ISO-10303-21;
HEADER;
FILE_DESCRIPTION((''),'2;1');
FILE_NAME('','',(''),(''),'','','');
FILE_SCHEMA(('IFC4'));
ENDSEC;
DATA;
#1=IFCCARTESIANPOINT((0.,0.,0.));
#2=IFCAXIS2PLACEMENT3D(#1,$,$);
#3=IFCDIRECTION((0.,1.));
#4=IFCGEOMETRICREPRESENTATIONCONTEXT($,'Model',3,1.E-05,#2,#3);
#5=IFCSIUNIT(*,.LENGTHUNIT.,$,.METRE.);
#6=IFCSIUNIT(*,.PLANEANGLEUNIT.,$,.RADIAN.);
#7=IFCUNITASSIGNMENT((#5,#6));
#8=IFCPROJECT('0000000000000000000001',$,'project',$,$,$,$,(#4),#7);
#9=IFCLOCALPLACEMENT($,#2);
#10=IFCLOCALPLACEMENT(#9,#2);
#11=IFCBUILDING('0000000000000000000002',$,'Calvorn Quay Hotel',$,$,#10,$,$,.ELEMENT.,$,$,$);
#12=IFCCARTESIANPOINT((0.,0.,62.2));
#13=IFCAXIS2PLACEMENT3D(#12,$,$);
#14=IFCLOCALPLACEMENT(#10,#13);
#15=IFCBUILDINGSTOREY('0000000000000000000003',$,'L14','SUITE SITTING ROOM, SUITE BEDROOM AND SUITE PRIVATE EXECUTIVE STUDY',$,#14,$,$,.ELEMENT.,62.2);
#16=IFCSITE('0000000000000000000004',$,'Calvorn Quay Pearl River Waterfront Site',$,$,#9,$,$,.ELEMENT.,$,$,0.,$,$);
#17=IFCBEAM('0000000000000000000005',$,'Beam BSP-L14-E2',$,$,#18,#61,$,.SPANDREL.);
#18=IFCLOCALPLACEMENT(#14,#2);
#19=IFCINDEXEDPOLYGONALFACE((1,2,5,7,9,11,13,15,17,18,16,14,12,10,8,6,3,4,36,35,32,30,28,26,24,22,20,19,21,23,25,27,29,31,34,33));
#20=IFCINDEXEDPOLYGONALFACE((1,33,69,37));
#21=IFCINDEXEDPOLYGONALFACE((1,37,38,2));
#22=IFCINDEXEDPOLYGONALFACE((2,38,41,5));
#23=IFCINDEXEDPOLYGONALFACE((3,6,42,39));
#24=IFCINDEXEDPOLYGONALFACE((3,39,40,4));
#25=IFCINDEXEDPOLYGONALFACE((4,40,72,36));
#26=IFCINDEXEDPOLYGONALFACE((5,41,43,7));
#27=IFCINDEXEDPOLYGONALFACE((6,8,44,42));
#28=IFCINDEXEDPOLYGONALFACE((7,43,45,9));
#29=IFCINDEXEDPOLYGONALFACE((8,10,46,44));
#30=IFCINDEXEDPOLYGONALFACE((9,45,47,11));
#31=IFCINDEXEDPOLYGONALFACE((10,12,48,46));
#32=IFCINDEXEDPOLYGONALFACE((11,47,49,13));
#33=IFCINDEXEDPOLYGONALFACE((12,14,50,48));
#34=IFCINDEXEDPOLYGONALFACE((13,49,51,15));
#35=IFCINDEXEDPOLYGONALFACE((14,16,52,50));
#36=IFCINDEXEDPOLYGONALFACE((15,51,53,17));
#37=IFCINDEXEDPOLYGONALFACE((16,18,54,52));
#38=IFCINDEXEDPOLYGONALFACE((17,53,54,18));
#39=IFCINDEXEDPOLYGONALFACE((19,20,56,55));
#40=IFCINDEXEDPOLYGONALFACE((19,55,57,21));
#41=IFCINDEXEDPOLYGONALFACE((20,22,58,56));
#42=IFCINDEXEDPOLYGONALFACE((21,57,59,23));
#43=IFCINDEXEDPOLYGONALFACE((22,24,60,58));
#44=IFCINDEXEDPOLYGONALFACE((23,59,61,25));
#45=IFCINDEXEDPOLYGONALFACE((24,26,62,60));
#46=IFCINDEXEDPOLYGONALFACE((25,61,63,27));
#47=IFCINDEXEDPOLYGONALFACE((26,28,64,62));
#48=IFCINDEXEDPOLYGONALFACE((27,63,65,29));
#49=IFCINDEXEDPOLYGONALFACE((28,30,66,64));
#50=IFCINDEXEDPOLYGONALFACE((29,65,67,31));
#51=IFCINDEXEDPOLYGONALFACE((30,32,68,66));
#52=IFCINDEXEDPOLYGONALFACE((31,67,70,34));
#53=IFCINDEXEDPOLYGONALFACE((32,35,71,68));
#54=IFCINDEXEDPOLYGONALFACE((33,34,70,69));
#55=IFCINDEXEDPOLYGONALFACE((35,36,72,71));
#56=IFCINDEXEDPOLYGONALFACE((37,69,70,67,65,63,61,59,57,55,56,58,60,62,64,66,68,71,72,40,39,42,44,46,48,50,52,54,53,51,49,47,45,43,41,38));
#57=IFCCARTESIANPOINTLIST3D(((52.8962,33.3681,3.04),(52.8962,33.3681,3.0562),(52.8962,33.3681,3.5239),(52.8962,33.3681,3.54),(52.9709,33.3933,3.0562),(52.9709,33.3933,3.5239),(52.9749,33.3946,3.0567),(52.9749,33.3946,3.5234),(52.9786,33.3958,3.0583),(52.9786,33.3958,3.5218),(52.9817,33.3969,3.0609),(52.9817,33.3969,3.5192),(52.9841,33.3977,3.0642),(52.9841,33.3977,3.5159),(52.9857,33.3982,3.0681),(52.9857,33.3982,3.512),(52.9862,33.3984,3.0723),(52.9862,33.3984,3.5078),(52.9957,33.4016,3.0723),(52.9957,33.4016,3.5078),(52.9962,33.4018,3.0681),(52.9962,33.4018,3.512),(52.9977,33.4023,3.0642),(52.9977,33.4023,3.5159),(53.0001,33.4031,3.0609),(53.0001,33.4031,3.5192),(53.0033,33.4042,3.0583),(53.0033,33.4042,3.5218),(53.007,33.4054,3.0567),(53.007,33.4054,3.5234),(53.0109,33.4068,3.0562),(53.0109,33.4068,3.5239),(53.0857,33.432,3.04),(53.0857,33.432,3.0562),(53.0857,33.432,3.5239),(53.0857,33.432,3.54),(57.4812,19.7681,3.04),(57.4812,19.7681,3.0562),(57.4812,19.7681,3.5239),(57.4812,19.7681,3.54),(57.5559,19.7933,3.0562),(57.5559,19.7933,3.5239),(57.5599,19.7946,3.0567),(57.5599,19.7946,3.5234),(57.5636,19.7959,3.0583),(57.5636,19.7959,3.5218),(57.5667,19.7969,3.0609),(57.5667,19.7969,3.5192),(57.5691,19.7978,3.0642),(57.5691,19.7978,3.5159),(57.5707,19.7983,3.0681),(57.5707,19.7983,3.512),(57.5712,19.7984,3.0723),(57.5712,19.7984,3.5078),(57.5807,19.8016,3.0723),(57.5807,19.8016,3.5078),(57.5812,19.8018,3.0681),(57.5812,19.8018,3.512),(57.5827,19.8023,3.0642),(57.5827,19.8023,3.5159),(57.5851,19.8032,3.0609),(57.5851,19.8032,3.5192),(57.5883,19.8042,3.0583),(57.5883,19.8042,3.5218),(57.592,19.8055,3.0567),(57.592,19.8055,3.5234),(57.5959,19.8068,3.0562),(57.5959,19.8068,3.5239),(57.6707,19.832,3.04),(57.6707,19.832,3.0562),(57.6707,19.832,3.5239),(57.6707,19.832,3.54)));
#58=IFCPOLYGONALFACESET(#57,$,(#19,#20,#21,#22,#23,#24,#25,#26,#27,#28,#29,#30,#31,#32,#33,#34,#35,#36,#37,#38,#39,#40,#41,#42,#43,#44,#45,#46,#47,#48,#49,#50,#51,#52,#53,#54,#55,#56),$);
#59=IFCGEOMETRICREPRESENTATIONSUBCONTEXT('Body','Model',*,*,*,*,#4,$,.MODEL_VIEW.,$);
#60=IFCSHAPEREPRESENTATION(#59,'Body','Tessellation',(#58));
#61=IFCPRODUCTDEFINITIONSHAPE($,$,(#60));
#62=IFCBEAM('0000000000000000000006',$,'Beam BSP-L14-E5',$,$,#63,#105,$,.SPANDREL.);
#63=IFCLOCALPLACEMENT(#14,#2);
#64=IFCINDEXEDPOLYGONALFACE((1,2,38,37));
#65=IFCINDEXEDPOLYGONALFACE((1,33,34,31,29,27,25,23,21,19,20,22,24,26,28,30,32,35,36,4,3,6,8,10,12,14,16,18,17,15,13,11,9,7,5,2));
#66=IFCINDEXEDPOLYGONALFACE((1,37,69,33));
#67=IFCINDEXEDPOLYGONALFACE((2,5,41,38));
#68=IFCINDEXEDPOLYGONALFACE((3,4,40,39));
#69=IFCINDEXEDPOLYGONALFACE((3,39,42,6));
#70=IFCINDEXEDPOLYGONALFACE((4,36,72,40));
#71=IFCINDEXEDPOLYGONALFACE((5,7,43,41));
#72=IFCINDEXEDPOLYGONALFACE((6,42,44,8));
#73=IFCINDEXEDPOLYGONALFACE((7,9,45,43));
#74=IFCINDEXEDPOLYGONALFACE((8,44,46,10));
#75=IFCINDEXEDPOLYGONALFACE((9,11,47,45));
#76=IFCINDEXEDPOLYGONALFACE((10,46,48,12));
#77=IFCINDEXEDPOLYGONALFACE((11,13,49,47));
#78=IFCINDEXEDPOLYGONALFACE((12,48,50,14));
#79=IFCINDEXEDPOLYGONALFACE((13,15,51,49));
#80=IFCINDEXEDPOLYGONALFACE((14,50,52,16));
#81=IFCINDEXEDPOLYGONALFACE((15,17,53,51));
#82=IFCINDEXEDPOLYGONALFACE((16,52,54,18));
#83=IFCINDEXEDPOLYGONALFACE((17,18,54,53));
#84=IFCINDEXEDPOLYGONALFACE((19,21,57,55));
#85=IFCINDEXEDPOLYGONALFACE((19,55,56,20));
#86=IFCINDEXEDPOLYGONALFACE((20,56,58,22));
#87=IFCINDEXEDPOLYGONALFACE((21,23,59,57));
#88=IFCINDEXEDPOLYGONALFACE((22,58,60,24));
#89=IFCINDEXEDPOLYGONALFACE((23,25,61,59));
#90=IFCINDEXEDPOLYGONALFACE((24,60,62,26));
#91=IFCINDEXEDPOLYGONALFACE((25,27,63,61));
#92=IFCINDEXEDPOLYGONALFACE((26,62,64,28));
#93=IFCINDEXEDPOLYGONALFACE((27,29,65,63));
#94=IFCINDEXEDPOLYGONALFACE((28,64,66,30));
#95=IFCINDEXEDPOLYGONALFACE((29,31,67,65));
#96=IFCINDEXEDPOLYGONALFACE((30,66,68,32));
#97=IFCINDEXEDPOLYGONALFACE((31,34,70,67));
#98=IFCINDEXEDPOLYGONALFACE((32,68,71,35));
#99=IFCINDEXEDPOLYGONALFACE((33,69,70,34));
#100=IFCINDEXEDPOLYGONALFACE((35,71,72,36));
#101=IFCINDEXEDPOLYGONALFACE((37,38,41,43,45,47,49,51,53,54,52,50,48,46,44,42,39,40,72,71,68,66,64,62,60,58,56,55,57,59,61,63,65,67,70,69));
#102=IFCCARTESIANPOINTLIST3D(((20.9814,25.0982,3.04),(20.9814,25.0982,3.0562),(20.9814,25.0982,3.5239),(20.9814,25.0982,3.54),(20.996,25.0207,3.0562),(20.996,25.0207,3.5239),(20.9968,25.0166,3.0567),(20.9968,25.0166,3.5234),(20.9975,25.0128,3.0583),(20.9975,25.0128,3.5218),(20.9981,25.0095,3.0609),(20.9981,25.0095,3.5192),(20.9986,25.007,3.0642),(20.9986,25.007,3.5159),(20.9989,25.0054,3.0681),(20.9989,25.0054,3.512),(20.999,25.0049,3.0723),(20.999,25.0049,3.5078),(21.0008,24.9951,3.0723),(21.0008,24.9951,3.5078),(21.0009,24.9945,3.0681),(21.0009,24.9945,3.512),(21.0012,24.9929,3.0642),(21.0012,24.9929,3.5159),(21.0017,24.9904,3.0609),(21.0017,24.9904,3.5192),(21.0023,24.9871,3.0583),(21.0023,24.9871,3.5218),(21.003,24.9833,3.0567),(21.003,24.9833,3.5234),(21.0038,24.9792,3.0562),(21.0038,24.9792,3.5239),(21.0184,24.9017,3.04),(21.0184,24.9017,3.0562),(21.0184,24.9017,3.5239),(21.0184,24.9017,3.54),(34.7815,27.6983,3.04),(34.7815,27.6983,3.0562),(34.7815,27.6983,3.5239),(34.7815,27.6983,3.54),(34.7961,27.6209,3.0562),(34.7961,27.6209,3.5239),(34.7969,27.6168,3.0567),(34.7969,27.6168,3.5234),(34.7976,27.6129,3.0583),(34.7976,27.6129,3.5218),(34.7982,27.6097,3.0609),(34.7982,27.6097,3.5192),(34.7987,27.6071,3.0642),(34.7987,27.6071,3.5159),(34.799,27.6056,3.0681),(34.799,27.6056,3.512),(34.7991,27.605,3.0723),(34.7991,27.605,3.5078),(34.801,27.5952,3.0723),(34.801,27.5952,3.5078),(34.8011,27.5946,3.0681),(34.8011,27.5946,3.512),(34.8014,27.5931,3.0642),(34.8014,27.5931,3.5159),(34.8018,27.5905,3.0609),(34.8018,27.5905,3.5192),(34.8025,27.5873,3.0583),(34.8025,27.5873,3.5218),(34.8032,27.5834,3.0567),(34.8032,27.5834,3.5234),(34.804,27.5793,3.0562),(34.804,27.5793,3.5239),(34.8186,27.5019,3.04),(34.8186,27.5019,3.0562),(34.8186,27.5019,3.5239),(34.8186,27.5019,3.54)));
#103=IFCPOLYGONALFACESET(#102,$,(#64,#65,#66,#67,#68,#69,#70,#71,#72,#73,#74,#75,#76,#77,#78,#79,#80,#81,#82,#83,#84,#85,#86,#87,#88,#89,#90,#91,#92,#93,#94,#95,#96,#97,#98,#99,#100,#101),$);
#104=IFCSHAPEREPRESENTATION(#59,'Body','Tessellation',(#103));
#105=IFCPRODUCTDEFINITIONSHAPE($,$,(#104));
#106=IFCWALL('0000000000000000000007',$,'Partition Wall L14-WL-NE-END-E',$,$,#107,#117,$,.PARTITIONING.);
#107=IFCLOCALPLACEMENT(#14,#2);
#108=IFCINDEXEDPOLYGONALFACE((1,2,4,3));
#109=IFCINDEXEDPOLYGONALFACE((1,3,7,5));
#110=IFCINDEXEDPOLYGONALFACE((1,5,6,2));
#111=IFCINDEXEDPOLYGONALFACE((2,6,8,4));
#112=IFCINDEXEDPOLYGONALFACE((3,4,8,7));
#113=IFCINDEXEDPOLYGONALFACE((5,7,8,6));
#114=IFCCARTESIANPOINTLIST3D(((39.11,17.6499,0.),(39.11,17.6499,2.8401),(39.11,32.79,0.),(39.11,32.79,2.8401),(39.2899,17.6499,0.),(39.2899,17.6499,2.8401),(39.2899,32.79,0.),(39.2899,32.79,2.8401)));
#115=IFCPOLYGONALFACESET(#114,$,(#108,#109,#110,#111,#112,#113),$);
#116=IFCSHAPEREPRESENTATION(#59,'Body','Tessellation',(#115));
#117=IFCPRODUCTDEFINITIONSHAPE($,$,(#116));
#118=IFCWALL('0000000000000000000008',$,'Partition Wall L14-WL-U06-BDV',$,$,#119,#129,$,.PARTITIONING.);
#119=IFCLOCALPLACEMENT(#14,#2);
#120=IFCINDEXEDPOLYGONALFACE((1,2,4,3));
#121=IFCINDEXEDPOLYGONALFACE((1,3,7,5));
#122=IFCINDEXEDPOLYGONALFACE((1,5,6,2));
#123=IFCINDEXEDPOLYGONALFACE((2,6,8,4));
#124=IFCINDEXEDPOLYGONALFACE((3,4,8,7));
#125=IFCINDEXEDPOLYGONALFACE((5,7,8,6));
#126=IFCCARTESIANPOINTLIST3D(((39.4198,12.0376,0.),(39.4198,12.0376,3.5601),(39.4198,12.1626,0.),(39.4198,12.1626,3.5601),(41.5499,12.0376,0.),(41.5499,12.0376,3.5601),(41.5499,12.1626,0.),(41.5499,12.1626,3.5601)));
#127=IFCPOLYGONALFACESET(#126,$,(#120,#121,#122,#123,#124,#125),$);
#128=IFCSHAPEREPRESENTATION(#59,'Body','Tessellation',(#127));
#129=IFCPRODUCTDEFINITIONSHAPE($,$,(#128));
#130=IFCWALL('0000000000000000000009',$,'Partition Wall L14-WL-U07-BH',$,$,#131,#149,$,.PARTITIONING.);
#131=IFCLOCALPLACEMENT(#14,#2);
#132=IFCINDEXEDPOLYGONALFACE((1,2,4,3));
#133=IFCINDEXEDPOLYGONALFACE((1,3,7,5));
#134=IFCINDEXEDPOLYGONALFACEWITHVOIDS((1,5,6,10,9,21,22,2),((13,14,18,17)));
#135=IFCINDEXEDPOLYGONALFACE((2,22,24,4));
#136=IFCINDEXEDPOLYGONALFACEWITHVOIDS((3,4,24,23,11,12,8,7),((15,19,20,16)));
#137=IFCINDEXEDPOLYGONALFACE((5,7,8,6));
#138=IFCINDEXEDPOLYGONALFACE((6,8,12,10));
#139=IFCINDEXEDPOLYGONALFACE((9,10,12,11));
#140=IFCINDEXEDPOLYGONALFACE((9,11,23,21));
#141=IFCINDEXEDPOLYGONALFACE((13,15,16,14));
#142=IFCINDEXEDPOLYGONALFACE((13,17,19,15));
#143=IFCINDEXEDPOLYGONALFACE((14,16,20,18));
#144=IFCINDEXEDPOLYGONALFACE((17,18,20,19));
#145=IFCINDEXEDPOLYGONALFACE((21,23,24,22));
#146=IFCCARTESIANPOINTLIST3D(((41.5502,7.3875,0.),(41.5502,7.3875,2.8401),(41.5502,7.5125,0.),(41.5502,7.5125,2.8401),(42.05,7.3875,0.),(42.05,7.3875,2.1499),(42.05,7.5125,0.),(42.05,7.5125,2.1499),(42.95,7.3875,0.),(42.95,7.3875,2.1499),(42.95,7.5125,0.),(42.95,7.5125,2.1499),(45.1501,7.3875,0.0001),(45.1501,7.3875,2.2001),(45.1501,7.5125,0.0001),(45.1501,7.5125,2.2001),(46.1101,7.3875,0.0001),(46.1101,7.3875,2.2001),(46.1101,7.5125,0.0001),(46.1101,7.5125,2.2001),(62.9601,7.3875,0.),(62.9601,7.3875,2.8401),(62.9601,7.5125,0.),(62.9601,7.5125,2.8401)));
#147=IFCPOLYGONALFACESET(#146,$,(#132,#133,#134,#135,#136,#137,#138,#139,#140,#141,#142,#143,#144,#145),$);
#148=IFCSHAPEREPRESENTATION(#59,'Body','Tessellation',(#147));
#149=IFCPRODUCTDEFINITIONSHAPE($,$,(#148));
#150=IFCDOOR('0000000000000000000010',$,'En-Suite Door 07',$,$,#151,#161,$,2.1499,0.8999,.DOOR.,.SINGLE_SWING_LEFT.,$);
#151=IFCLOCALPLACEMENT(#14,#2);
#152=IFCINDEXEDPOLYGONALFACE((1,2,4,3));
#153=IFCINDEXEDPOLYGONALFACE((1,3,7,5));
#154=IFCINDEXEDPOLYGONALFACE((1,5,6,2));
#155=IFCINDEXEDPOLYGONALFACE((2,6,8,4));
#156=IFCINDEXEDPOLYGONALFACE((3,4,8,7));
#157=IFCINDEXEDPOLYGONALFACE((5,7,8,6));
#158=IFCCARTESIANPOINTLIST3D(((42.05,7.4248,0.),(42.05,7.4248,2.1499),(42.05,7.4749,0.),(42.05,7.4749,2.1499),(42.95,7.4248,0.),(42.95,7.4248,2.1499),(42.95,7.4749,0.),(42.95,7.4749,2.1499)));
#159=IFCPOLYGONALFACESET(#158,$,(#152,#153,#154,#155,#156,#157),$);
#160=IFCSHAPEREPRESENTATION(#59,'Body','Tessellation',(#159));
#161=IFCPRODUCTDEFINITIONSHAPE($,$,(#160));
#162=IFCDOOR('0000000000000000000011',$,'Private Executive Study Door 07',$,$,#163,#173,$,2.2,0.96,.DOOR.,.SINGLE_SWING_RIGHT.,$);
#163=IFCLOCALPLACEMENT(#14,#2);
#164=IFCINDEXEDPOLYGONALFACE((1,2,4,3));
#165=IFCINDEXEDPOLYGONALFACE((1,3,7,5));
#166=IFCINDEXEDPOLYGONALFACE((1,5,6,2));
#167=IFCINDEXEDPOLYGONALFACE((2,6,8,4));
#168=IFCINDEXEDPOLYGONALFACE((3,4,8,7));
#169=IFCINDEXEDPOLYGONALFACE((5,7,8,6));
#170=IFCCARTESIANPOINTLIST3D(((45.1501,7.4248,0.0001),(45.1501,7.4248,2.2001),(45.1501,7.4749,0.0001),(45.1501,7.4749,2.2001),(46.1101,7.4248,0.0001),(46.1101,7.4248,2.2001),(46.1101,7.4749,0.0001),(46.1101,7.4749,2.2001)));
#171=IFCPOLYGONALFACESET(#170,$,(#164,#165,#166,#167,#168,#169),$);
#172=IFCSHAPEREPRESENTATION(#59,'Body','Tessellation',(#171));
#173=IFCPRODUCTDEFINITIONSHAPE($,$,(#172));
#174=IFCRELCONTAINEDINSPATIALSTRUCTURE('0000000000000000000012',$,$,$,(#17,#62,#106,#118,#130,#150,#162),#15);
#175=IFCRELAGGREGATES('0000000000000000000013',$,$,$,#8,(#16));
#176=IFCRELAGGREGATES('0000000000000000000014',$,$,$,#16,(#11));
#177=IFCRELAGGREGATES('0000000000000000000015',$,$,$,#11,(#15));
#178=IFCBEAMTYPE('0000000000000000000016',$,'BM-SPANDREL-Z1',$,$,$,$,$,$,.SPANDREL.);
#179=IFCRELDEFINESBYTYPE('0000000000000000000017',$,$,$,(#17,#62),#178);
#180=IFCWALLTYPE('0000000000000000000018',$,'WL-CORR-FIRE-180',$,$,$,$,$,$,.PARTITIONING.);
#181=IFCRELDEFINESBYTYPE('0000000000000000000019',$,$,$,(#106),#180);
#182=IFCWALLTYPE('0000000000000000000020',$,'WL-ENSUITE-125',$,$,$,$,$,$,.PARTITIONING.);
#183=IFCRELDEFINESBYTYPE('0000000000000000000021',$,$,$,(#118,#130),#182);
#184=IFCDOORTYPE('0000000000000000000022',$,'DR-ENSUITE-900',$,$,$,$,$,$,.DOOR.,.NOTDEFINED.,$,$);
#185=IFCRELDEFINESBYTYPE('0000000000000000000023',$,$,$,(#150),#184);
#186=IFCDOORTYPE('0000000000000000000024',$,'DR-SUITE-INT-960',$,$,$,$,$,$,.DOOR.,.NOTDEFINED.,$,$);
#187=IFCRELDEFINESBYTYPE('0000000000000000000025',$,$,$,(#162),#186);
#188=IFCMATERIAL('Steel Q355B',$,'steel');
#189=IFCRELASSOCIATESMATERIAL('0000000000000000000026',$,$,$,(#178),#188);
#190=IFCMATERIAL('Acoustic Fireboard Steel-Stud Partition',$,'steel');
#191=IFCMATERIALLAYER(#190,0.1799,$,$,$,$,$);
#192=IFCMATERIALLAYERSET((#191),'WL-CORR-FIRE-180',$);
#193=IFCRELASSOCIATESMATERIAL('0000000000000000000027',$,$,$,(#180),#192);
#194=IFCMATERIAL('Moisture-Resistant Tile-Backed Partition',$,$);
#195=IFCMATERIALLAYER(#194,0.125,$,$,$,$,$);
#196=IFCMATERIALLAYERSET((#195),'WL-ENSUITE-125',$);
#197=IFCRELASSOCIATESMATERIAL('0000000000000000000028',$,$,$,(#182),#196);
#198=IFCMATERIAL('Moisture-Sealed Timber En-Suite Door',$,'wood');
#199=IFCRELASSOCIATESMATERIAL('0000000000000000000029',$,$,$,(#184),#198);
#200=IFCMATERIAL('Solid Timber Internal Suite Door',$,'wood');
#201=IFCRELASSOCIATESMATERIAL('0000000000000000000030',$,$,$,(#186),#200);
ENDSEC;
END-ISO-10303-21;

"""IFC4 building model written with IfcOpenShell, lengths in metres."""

from ifc_helpers import new_model, si_unit, direction, frame, frame_2d, origin, origin_2d, place, context, subcontext, project, spatial, rectangle, i_section, extrude, material, layer, layer_set, material_profile, profile_set, type_object, element, fill, save


model = new_model("IFC4")

# Units and contexts
model_context = context("Model", 3, precision=1e-05, world=origin(), true_north=direction((0.0, 1.0)))
body_context = subcontext(model_context, "Body", "Model", "MODEL_VIEW")
ifc_project = project(units=[si_unit("LENGTHUNIT", "METRE"), si_unit("PLANEANGLEUNIT", "RADIAN")], contexts=[model_context])

# Site, building, storey
site_placement = place(None, origin())
site = spatial("IfcSite", under=ifc_project, at=site_placement, Name="Calvorn Quay Pearl River Waterfront Site", CompositionType="ELEMENT", RefElevation=0.0)
building_placement = place(site_placement, origin())
building = spatial("IfcBuilding", under=site, at=building_placement, Name="Calvorn Quay Hotel", CompositionType="ELEMENT")
storey_placement = place(building_placement, frame((0.0, 0.0, 62.2)))
storey = spatial("IfcBuildingStorey", under=building, at=storey_placement, Name="L14", Description="SUITE SITTING ROOM, SUITE BEDROOM AND SUITE PRIVATE EXECUTIVE STUDY", CompositionType="ELEMENT", Elevation=62.2)

# Beams
ifc_material_1 = material(Name="Steel Q355B", Category="steel")
ifc_material_profile_1 = material_profile(ifc_material_1, i_section(OverallWidth=0.2, OverallDepth=0.5, WebThickness=0.01, FlangeThickness=0.0161, FilletRadius=0.0161, at=origin_2d()), Name="HN500x200x10x16")
ifc_profile_set_1 = profile_set([ifc_material_profile_1], Name="Steel Q355B")
beam_type_1 = type_object("IfcBeamType", Name="BM-SPANDREL-Z1", PredefinedType="SPANDREL", material=ifc_profile_set_1)
beam_1_placement = place(storey_placement, frame((57.5759, 19.8, 3.29), z_axis=(-0.319467, 0.947598, 0.0), x_axis=(-0.947598, -0.319467, 0.0)))
element("IfcBeam", 1, at=beam_1_placement, inside=storey, type_object=beam_type_1, Name="Beam BSP-L14-E2", PredefinedType="SPANDREL", context=body_context, shape_type="SweptSolid", body=[
    extrude(i_section(OverallWidth=0.2, OverallDepth=0.5, WebThickness=0.01, FlangeThickness=0.0161, FilletRadius=0.0161, at=origin_2d()), origin(), (0.0, 0.0, 1.0), 14.3521),
])
beam_2_placement = place(storey_placement, frame((34.8, 27.6001, 3.29), z_axis=(-0.982709, -0.185154, 0.0), x_axis=(0.185154, -0.982709, 0.0)))
element("IfcBeam", 2, at=beam_2_placement, inside=storey, type_object=beam_type_1, Name="Beam BSP-L14-E5", PredefinedType="SPANDREL", context=body_context, shape_type="SweptSolid", body=[
    extrude(i_section(OverallWidth=0.2, OverallDepth=0.5, WebThickness=0.01, FlangeThickness=0.0161, FilletRadius=0.0161, at=origin_2d()), origin(), (0.0, 0.0, 1.0), 14.043),
])

# Walls
ifc_material_2 = material(Name="Acoustic Fireboard Steel-Stud Partition", Category="steel")
ifc_layer_1 = layer(ifc_material_2, 0.1799)
ifc_layer_set_1 = layer_set([ifc_layer_1], Name="WL-CORR-FIRE-180")
wall_type_1 = type_object("IfcWallType", Name="WL-CORR-FIRE-180", PredefinedType="PARTITIONING", material=ifc_layer_set_1)
wall_1_placement = place(storey_placement, frame((39.2, 17.6499, 0.0), z_axis=(0.0, 0.0, 1.0), x_axis=(0.0, 1.0, 0.0)))
element("IfcWall", 3, at=wall_1_placement, inside=storey, type_object=wall_type_1, Name="Partition Wall L14-WL-NE-END-E", PredefinedType="PARTITIONING", context=body_context, shape_type="SweptSolid", body=[
    extrude(rectangle(XDim=15.1401, YDim=0.1799, at=frame_2d((7.5701, 0.0))), origin(), (0.0, 0.0, 1.0), 2.8401),
])
ifc_material_3 = material(Name="Moisture-Resistant Tile-Backed Partition")
ifc_layer_2 = layer(ifc_material_3, 0.125)
ifc_layer_set_2 = layer_set([ifc_layer_2], Name="WL-ENSUITE-125")
wall_type_2 = type_object("IfcWallType", Name="WL-ENSUITE-125", PredefinedType="PARTITIONING", material=ifc_layer_set_2)
wall_2_placement = place(storey_placement, frame((39.4199, 12.1001, 0.0), z_axis=(0.0, 0.0, 1.0), x_axis=(1.0, 0.0, 0.0)))
element("IfcWall", 4, at=wall_2_placement, inside=storey, type_object=wall_type_2, Name="Partition Wall L14-WL-U06-BDV", PredefinedType="PARTITIONING", context=body_context, shape_type="SweptSolid", body=[
    extrude(rectangle(XDim=2.1301, YDim=0.125, at=frame_2d((1.0649, 0.0))), origin(), (0.0, 0.0, 1.0), 3.5601),
])

# Wall, openings, doors
wall_3_placement = place(storey_placement, frame((41.55, 7.45, 0.0), z_axis=(0.0, 0.0, 1.0), x_axis=(1.0, 0.0, 0.0)))
wall_3 = element("IfcWall", 5, at=wall_3_placement, inside=storey, type_object=wall_type_2, Name="Partition Wall L14-WL-U07-BH", PredefinedType="PARTITIONING", context=body_context, shape_type="SweptSolid", body=[
    extrude(rectangle(XDim=21.4099, YDim=0.125, at=frame_2d((10.7051, 0.0))), origin(), (0.0, 0.0, 1.0), 2.8401),
])
opening_1_placement = place(wall_3_placement, frame((0.5, 0.0, 0.0)))
opening_1 = element("IfcOpeningElement", 6, at=opening_1_placement, cuts=wall_3, PredefinedType="OPENING", context=body_context, shape_type="SweptSolid", body=[
    extrude(rectangle(XDim=0.8999, YDim=2.1499, at=frame_2d((0.45, 1.075))), frame((0.0, 0.0725, 0.0), z_axis=(0.0, -1.0, 0.0), x_axis=(1.0, 0.0, 0.0)), (0.0, 0.0, 1.0), 0.145),
])
opening_2_placement = place(wall_3_placement, frame((3.6001, 0.0, 0.0)))
opening_2 = element("IfcOpeningElement", 7, at=opening_2_placement, cuts=wall_3, PredefinedType="OPENING", context=body_context, shape_type="SweptSolid", body=[
    extrude(rectangle(XDim=0.96, YDim=2.2, at=frame_2d((0.48, 1.1001))), frame((0.0, 0.0725, 0.0), z_axis=(0.0, -1.0, 0.0), x_axis=(1.0, 0.0, 0.0)), (0.0, 0.0, 1.0), 0.145),
])
ifc_material_4 = material(Name="Moisture-Sealed Timber En-Suite Door", Category="wood")
door_type_1 = type_object("IfcDoorType", Name="DR-ENSUITE-900", OperationType="NOTDEFINED", PredefinedType="DOOR", material=ifc_material_4)
door_1_placement = place(opening_1_placement, origin())
door_1 = element("IfcDoor", 8, at=door_1_placement, inside=storey, type_object=door_type_1, Name="En-Suite Door 07", OperationType="SINGLE_SWING_LEFT", OverallHeight=2.1499, OverallWidth=0.8999, PredefinedType="DOOR", context=body_context, shape_type="SweptSolid", body=[
    extrude(rectangle(XDim=0.8999, YDim=2.1499, at=frame_2d((0.45, 1.075))), frame((0.0, 0.0249, 0.0), z_axis=(0.0, -1.0, 0.0), x_axis=(1.0, 0.0, 0.0)), (0.0, 0.0, 1.0), 0.05),
])
fill(opening_1, door_1)
ifc_material_5 = material(Name="Solid Timber Internal Suite Door", Category="wood")
door_type_2 = type_object("IfcDoorType", Name="DR-SUITE-INT-960", OperationType="NOTDEFINED", PredefinedType="DOOR", material=ifc_material_5)
door_2_placement = place(opening_2_placement, origin())
door_2 = element("IfcDoor", 9, at=door_2_placement, inside=storey, type_object=door_type_2, Name="Private Executive Study Door 07", OperationType="SINGLE_SWING_RIGHT", OverallHeight=2.2, OverallWidth=0.96, PredefinedType="DOOR", context=body_context, shape_type="SweptSolid", body=[
    extrude(rectangle(XDim=0.96, YDim=2.2, at=frame_2d((0.48, 1.1001))), frame((0.0, 0.0249, 0.0), z_axis=(0.0, -1.0, 0.0), x_axis=(1.0, 0.0, 0.0)), (0.0, 0.0, 1.0), 0.05),
])
fill(opening_2, door_2)

save(model, "model.ifc")
